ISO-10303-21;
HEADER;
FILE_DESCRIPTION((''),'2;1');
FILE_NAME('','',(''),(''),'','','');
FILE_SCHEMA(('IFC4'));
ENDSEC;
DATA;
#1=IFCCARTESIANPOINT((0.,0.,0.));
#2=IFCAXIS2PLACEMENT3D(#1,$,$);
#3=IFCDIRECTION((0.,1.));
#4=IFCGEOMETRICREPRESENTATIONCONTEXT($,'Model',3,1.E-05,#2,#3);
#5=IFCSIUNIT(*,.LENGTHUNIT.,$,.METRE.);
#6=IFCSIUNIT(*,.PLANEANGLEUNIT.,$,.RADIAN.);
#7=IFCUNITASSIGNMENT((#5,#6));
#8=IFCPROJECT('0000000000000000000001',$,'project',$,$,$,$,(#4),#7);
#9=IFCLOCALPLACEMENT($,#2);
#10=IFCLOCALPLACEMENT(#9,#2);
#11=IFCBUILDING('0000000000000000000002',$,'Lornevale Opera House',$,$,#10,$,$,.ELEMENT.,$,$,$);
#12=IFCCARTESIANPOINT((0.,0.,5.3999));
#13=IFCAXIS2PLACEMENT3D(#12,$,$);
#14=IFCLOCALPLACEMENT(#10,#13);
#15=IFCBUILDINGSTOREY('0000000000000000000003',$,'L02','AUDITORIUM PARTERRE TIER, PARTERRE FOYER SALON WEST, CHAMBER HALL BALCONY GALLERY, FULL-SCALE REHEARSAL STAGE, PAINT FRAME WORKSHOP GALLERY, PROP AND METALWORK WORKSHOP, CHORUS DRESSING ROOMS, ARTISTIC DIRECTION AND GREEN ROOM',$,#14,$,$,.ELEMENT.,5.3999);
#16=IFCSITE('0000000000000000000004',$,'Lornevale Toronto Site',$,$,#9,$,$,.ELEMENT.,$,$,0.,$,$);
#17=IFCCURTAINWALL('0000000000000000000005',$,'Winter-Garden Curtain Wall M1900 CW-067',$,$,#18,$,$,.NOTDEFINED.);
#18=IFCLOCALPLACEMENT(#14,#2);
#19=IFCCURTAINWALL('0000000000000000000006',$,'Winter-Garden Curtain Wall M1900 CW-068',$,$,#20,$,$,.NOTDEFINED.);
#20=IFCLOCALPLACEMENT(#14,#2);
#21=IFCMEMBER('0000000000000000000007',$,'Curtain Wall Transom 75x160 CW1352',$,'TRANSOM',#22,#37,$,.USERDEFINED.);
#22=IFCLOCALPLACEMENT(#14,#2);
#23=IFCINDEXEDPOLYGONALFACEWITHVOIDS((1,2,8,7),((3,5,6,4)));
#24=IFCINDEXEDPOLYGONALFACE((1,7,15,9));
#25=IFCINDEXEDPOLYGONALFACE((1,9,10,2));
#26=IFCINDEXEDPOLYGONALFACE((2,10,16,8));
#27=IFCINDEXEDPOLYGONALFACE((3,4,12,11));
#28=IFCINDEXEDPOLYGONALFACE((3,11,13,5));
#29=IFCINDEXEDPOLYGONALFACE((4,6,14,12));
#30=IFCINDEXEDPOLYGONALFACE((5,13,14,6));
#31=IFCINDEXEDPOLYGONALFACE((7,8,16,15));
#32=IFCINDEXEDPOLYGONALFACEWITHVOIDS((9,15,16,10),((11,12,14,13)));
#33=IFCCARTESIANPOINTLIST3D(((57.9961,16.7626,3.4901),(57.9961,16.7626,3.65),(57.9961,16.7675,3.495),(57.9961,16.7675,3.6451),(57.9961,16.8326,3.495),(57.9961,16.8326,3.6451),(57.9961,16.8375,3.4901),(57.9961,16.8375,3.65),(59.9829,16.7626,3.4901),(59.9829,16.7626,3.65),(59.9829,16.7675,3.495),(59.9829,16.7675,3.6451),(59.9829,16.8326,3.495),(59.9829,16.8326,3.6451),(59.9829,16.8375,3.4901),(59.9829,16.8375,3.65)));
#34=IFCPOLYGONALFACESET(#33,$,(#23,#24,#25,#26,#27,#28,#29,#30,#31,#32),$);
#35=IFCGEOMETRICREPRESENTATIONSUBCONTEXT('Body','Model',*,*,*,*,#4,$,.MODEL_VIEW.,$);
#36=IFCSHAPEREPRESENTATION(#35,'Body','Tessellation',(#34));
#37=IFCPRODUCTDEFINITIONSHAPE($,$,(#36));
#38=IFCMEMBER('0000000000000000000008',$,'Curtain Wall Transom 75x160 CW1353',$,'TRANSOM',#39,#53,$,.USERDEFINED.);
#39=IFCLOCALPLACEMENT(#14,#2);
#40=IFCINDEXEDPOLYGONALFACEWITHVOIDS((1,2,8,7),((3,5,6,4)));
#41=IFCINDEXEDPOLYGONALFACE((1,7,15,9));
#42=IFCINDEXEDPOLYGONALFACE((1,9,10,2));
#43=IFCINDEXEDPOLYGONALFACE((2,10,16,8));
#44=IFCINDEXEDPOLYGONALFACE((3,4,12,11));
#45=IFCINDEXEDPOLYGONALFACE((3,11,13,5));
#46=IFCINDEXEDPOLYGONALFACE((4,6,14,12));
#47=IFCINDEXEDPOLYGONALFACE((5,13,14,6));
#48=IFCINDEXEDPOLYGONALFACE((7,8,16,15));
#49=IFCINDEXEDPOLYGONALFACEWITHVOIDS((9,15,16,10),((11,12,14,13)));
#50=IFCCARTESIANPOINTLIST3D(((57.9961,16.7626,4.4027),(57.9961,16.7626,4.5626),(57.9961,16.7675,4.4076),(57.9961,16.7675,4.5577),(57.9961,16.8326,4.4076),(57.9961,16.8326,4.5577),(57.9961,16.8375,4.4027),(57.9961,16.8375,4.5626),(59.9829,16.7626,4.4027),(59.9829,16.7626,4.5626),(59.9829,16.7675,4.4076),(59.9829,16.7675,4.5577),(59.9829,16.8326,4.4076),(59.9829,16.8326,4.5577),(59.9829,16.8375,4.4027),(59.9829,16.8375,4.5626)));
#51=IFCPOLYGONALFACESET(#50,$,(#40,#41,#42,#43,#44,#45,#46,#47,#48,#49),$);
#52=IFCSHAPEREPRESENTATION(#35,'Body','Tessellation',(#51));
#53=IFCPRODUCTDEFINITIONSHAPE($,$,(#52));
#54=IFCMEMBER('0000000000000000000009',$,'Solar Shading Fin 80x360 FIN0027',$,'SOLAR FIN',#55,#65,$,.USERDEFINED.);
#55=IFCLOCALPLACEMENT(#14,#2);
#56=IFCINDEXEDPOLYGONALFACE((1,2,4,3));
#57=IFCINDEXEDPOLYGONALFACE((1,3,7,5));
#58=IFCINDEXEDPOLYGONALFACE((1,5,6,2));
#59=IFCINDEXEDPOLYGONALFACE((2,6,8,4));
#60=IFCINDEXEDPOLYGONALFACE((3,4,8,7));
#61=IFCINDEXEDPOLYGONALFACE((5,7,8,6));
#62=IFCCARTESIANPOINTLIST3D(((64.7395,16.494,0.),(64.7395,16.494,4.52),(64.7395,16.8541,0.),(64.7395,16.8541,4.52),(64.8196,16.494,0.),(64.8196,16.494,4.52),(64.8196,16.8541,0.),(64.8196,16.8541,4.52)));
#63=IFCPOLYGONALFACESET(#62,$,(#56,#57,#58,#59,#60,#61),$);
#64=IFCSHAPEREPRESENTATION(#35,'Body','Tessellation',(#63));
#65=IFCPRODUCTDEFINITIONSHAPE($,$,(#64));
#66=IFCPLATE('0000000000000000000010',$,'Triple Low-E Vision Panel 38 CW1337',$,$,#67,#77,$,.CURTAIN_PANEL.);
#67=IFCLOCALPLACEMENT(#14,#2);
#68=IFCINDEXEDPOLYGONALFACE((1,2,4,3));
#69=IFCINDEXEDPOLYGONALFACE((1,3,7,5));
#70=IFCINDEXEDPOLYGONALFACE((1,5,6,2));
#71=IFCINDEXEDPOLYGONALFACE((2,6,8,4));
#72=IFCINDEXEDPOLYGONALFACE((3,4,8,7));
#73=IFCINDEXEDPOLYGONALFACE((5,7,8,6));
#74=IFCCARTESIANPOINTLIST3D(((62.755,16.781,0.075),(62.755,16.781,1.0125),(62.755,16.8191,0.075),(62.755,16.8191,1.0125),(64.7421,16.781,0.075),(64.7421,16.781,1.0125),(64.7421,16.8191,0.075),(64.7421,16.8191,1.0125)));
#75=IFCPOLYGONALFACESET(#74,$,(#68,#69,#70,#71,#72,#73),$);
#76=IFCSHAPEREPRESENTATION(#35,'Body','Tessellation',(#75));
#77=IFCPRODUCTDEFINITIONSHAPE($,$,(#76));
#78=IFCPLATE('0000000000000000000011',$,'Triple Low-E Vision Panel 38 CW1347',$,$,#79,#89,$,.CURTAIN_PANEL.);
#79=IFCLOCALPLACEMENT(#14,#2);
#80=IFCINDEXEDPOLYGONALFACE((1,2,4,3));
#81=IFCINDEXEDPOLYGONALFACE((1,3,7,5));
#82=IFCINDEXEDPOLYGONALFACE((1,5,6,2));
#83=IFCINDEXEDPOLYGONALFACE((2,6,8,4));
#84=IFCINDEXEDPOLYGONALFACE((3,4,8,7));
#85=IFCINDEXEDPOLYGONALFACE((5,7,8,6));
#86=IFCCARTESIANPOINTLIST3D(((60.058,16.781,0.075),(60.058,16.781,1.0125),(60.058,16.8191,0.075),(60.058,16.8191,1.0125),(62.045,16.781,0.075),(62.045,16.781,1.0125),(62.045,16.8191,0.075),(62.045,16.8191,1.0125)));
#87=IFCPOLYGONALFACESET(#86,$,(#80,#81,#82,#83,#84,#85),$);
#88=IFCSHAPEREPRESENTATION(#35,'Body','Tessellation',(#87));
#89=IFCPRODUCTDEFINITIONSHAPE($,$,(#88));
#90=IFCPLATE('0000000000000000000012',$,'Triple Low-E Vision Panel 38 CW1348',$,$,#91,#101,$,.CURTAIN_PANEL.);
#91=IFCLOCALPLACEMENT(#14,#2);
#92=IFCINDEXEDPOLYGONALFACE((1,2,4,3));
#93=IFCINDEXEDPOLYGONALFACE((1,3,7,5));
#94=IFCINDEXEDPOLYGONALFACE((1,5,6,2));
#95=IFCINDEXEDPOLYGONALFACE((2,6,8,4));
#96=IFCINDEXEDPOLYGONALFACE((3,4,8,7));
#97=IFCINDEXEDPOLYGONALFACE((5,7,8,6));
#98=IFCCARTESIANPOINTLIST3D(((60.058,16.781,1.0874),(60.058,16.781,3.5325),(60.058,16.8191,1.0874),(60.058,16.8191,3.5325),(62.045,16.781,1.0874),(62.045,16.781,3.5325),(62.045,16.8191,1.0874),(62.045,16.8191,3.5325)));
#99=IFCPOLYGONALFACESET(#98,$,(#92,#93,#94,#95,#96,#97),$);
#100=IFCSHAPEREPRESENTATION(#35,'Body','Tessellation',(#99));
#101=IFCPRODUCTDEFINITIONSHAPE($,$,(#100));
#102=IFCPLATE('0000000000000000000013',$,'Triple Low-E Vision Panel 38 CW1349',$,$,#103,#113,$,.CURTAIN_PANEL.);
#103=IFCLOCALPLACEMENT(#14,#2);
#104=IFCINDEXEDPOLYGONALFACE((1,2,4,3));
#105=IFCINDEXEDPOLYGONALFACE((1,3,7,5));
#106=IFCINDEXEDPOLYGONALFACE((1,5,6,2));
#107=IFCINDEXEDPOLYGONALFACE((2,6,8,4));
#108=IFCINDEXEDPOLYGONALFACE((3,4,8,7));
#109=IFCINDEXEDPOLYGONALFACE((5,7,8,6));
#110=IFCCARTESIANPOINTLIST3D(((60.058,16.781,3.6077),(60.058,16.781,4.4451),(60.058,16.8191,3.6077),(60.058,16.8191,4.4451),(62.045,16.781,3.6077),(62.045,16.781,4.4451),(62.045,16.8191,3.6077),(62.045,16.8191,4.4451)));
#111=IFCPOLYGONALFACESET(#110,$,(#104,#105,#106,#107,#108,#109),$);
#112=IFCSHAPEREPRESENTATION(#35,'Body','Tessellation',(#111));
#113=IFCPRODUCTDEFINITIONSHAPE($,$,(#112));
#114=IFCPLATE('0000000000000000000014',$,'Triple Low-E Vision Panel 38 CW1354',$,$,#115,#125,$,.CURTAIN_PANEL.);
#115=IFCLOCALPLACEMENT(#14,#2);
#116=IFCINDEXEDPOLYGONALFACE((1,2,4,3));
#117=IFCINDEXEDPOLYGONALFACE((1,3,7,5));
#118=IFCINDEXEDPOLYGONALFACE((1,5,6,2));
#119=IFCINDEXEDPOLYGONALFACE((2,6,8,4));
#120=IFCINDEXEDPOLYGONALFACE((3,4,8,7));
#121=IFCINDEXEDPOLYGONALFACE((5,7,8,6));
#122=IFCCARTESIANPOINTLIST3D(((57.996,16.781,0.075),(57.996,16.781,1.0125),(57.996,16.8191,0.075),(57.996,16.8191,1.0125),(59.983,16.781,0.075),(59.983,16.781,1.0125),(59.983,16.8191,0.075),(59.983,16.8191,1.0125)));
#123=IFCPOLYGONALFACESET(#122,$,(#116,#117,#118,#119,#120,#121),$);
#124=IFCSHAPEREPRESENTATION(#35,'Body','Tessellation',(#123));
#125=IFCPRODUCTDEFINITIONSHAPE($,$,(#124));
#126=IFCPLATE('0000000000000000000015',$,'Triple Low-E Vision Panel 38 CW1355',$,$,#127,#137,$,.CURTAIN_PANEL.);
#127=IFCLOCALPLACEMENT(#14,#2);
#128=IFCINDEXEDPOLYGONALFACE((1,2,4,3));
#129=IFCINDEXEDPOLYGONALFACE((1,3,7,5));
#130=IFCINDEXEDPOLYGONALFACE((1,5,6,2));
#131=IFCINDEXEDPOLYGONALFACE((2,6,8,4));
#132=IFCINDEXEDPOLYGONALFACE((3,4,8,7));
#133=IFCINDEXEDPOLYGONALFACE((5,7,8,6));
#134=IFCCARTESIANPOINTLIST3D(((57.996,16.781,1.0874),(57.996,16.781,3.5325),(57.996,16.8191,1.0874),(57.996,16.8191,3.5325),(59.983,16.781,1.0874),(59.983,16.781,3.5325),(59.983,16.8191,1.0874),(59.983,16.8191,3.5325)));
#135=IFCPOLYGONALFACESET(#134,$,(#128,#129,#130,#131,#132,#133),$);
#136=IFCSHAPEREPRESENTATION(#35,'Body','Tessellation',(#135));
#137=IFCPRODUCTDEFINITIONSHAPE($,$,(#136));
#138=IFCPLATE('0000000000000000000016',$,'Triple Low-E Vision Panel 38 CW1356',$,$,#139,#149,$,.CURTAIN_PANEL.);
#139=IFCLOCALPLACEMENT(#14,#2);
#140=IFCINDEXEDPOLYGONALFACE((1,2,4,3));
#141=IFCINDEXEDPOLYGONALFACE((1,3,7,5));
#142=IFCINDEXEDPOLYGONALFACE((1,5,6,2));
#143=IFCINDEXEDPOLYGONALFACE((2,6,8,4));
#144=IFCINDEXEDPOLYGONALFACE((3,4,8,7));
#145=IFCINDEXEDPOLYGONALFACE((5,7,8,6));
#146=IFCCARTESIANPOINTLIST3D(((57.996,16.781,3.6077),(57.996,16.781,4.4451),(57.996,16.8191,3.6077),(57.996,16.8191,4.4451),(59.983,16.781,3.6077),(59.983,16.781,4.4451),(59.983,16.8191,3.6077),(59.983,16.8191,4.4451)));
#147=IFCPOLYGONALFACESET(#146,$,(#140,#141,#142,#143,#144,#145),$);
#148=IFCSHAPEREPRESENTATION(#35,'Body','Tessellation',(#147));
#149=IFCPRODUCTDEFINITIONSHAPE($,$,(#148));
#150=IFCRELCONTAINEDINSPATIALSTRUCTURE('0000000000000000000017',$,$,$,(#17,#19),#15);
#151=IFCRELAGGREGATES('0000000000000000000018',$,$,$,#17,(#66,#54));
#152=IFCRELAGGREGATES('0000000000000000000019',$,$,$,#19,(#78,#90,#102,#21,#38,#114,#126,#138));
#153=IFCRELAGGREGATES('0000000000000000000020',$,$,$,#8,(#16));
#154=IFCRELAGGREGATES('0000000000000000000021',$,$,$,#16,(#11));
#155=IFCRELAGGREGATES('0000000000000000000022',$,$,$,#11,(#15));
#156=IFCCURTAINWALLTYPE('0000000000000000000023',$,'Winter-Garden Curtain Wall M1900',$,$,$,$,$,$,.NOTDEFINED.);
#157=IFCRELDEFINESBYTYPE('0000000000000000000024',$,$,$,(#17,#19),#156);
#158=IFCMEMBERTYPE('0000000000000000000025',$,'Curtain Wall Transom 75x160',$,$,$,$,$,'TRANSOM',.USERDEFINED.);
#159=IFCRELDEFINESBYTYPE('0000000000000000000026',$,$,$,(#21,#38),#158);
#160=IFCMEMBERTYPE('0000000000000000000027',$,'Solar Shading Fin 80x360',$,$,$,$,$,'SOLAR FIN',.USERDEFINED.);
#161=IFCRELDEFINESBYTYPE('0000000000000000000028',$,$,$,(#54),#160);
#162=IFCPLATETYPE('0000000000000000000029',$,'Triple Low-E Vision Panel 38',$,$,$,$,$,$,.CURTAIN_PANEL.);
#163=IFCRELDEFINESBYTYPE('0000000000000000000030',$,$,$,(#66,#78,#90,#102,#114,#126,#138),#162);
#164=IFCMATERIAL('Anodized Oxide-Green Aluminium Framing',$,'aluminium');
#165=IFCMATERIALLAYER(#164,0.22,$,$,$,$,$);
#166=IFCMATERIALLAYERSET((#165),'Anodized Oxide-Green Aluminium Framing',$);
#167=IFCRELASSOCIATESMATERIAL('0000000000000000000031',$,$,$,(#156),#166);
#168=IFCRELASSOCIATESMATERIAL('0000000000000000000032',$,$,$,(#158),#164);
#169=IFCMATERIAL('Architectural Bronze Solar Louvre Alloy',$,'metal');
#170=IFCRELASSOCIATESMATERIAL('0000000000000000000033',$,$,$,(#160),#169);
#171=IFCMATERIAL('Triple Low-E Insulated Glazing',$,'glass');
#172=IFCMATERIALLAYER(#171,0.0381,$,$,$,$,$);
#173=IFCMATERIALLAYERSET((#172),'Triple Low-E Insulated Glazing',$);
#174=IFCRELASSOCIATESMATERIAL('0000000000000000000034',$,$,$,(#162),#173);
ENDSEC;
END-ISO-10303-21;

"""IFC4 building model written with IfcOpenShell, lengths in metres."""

from ifc_helpers import new_model, si_unit, direction, frame, origin, origin_2d, place, context, subcontext, project, spatial, rectangle, hollow_rectangle, extrude, material, layer, layer_set, material_profile, profile_set, type_object, element, aggregate, save


model = new_model("IFC4")

# Units and contexts
model_context = context("Model", 3, precision=1e-05, world=origin(), true_north=direction((0.0, 1.0)))
body_context = subcontext(model_context, "Body", "Model", "MODEL_VIEW")
ifc_project = project(units=[si_unit("LENGTHUNIT", "METRE"), si_unit("PLANEANGLEUNIT", "RADIAN")], contexts=[model_context])

# Site, building, storey
site_placement = place(None, origin())
site = spatial("IfcSite", under=ifc_project, at=site_placement, Name="Lornevale Toronto Site", CompositionType="ELEMENT", RefElevation=0.0)
building_placement = place(site_placement, origin())
building = spatial("IfcBuilding", under=site, at=building_placement, Name="Lornevale Opera House", CompositionType="ELEMENT")
storey_placement = place(building_placement, frame((0.0, 0.0, 5.3999)))
storey = spatial("IfcBuildingStorey", under=building, at=storey_placement, Name="L02", Description="AUDITORIUM PARTERRE TIER, PARTERRE FOYER SALON WEST, CHAMBER HALL BALCONY GALLERY, FULL-SCALE REHEARSAL STAGE, PAINT FRAME WORKSHOP GALLERY, PROP AND METALWORK WORKSHOP, CHORUS DRESSING ROOMS, ARTISTIC DIRECTION AND GREEN ROOM", CompositionType="ELEMENT", Elevation=5.3999)

# Curtain wall
ifc_material_1 = material(Name="Anodized Oxide-Green Aluminium Framing", Category="aluminium")
ifc_layer_1 = layer(ifc_material_1, 0.22)
ifc_layer_set_1 = layer_set([ifc_layer_1], Name="Anodized Oxide-Green Aluminium Framing")
curtain_wall_type = type_object("IfcCurtainWallType", Name="Winter-Garden Curtain Wall M1900", PredefinedType="NOTDEFINED", material=ifc_layer_set_1)
curtain_wall_1_placement = place(storey_placement, origin())
curtain_wall_1 = element("IfcCurtainWall", 1, at=curtain_wall_1_placement, inside=storey, type_object=curtain_wall_type, Name="Winter-Garden Curtain Wall M1900 CW-067", PredefinedType="NOTDEFINED")

# Curtain wall, members
curtain_wall_2_placement = place(storey_placement, origin())
curtain_wall_2 = element("IfcCurtainWall", 2, at=curtain_wall_2_placement, inside=storey, type_object=curtain_wall_type, Name="Winter-Garden Curtain Wall M1900 CW-068", PredefinedType="NOTDEFINED")
ifc_material_profile_1 = material_profile(ifc_material_1, hollow_rectangle(XDim=0.075, YDim=0.1599, WallThickness=0.0049, at=origin_2d()), Name="ALU75x160x5")
ifc_profile_set_1 = profile_set([ifc_material_profile_1], Name="Anodized Oxide-Green Aluminium Framing")
member_type_1 = type_object("IfcMemberType", Name="Curtain Wall Transom 75x160", ElementType="TRANSOM", PredefinedType="USERDEFINED", material=ifc_profile_set_1)
member_1_placement = place(storey_placement, frame((59.9829, 16.8, 3.5701), z_axis=(-1.0, 0.0, 0.0), x_axis=(0.0, -1.0, 0.0)))
member_1 = element("IfcMember", 3, at=member_1_placement, type_object=member_type_1, Name="Curtain Wall Transom 75x160 CW1352", ObjectType="TRANSOM", PredefinedType="USERDEFINED", context=body_context, shape_type="SweptSolid", body=[
    extrude(hollow_rectangle(XDim=0.075, YDim=0.1599, WallThickness=0.0049, at=origin_2d()), origin(), (0.0, 0.0, 1.0), 1.9868),
])
member_2_placement = place(storey_placement, frame((59.9829, 16.8, 4.4827), z_axis=(-1.0, 0.0, 0.0), x_axis=(0.0, -1.0, 0.0)))
member_2 = element("IfcMember", 4, at=member_2_placement, type_object=member_type_1, Name="Curtain Wall Transom 75x160 CW1353", ObjectType="TRANSOM", PredefinedType="USERDEFINED", context=body_context, shape_type="SweptSolid", body=[
    extrude(hollow_rectangle(XDim=0.075, YDim=0.1599, WallThickness=0.0049, at=origin_2d()), origin(), (0.0, 0.0, 1.0), 1.9868),
])

# Member
ifc_material_2 = material(Name="Architectural Bronze Solar Louvre Alloy", Category="metal")
ifc_material_profile_2 = material_profile(ifc_material_2, rectangle(XDim=0.0801, YDim=0.3601, at=origin_2d()), Name="FIN80x360")
ifc_profile_set_2 = profile_set([ifc_material_profile_2], Name="Architectural Bronze Solar Louvre Alloy")
member_type_2 = type_object("IfcMemberType", Name="Solar Shading Fin 80x360", ElementType="SOLAR FIN", PredefinedType="USERDEFINED", material=ifc_profile_set_2)
member_3_placement = place(storey_placement, frame((64.7795, 16.6741, 0.0), z_axis=(0.0, 0.0, 1.0), x_axis=(-1.0, 0.0, 0.0)))
member_3 = element("IfcMember", 5, at=member_3_placement, type_object=member_type_2, Name="Solar Shading Fin 80x360 FIN0027", ObjectType="SOLAR FIN", PredefinedType="USERDEFINED", context=body_context, shape_type="SweptSolid", body=[
    extrude(rectangle(XDim=0.0801, YDim=0.3601, at=origin_2d()), origin(), (0.0, 0.0, 1.0), 4.52),
])

# Plates
ifc_material_3 = material(Name="Triple Low-E Insulated Glazing", Category="glass")
ifc_layer_2 = layer(ifc_material_3, 0.0381)
ifc_layer_set_2 = layer_set([ifc_layer_2], Name="Triple Low-E Insulated Glazing")
plate_type = type_object("IfcPlateType", Name="Triple Low-E Vision Panel 38", PredefinedType="CURTAIN_PANEL", material=ifc_layer_set_2)
plate_1_placement = place(storey_placement, frame((63.7485, 16.8, 0.075), z_axis=(0.0, 0.0, 1.0), x_axis=(-1.0, 0.0, 0.0)))
plate_1 = element("IfcPlate", 6, at=plate_1_placement, type_object=plate_type, Name="Triple Low-E Vision Panel 38 CW1337", PredefinedType="CURTAIN_PANEL", context=body_context, shape_type="SweptSolid", body=[
    extrude(rectangle(XDim=1.9871, YDim=0.0381, at=origin_2d()), origin(), (0.0, 0.0, 1.0), 0.9375),
])
aggregate(curtain_wall_1, [plate_1, member_3])
plate_2_placement = place(storey_placement, frame((61.0515, 16.8, 0.075), z_axis=(0.0, 0.0, 1.0), x_axis=(-1.0, 0.0, 0.0)))
plate_2 = element("IfcPlate", 7, at=plate_2_placement, type_object=plate_type, Name="Triple Low-E Vision Panel 38 CW1347", PredefinedType="CURTAIN_PANEL", context=body_context, shape_type="SweptSolid", body=[
    extrude(rectangle(XDim=1.9871, YDim=0.0381, at=origin_2d()), origin(), (0.0, 0.0, 1.0), 0.9375),
])
plate_3_placement = place(storey_placement, frame((61.0515, 16.8, 1.0874), z_axis=(0.0, 0.0, 1.0), x_axis=(-1.0, 0.0, 0.0)))
plate_3 = element("IfcPlate", 8, at=plate_3_placement, type_object=plate_type, Name="Triple Low-E Vision Panel 38 CW1348", PredefinedType="CURTAIN_PANEL", context=body_context, shape_type="SweptSolid", body=[
    extrude(rectangle(XDim=1.9871, YDim=0.0381, at=origin_2d()), origin(), (0.0, 0.0, 1.0), 2.4451),
])
plate_4_placement = place(storey_placement, frame((61.0515, 16.8, 3.6077), z_axis=(0.0, 0.0, 1.0), x_axis=(-1.0, 0.0, 0.0)))
plate_4 = element("IfcPlate", 9, at=plate_4_placement, type_object=plate_type, Name="Triple Low-E Vision Panel 38 CW1349", PredefinedType="CURTAIN_PANEL", context=body_context, shape_type="SweptSolid", body=[
    extrude(rectangle(XDim=1.9871, YDim=0.0381, at=origin_2d()), origin(), (0.0, 0.0, 1.0), 0.8374),
])
plate_5_placement = place(storey_placement, frame((58.9895, 16.8, 0.075), z_axis=(0.0, 0.0, 1.0), x_axis=(-1.0, 0.0, 0.0)))
plate_5 = element("IfcPlate", 10, at=plate_5_placement, type_object=plate_type, Name="Triple Low-E Vision Panel 38 CW1354", PredefinedType="CURTAIN_PANEL", context=body_context, shape_type="SweptSolid", body=[
    extrude(rectangle(XDim=1.9871, YDim=0.0381, at=origin_2d()), origin(), (0.0, 0.0, 1.0), 0.9375),
])
plate_6_placement = place(storey_placement, frame((58.9895, 16.8, 1.0874), z_axis=(0.0, 0.0, 1.0), x_axis=(-1.0, 0.0, 0.0)))
plate_6 = element("IfcPlate", 11, at=plate_6_placement, type_object=plate_type, Name="Triple Low-E Vision Panel 38 CW1355", PredefinedType="CURTAIN_PANEL", context=body_context, shape_type="SweptSolid", body=[
    extrude(rectangle(XDim=1.9871, YDim=0.0381, at=origin_2d()), origin(), (0.0, 0.0, 1.0), 2.4451),
])
plate_7_placement = place(storey_placement, frame((58.9895, 16.8, 3.6077), z_axis=(0.0, 0.0, 1.0), x_axis=(-1.0, 0.0, 0.0)))
plate_7 = element("IfcPlate", 12, at=plate_7_placement, type_object=plate_type, Name="Triple Low-E Vision Panel 38 CW1356", PredefinedType="CURTAIN_PANEL", context=body_context, shape_type="SweptSolid", body=[
    extrude(rectangle(XDim=1.9871, YDim=0.0381, at=origin_2d()), origin(), (0.0, 0.0, 1.0), 0.8374),
])
aggregate(curtain_wall_2, [plate_2, plate_3, plate_4, member_1, member_2, plate_5, plate_6, plate_7])

save(model, "model.ifc")
